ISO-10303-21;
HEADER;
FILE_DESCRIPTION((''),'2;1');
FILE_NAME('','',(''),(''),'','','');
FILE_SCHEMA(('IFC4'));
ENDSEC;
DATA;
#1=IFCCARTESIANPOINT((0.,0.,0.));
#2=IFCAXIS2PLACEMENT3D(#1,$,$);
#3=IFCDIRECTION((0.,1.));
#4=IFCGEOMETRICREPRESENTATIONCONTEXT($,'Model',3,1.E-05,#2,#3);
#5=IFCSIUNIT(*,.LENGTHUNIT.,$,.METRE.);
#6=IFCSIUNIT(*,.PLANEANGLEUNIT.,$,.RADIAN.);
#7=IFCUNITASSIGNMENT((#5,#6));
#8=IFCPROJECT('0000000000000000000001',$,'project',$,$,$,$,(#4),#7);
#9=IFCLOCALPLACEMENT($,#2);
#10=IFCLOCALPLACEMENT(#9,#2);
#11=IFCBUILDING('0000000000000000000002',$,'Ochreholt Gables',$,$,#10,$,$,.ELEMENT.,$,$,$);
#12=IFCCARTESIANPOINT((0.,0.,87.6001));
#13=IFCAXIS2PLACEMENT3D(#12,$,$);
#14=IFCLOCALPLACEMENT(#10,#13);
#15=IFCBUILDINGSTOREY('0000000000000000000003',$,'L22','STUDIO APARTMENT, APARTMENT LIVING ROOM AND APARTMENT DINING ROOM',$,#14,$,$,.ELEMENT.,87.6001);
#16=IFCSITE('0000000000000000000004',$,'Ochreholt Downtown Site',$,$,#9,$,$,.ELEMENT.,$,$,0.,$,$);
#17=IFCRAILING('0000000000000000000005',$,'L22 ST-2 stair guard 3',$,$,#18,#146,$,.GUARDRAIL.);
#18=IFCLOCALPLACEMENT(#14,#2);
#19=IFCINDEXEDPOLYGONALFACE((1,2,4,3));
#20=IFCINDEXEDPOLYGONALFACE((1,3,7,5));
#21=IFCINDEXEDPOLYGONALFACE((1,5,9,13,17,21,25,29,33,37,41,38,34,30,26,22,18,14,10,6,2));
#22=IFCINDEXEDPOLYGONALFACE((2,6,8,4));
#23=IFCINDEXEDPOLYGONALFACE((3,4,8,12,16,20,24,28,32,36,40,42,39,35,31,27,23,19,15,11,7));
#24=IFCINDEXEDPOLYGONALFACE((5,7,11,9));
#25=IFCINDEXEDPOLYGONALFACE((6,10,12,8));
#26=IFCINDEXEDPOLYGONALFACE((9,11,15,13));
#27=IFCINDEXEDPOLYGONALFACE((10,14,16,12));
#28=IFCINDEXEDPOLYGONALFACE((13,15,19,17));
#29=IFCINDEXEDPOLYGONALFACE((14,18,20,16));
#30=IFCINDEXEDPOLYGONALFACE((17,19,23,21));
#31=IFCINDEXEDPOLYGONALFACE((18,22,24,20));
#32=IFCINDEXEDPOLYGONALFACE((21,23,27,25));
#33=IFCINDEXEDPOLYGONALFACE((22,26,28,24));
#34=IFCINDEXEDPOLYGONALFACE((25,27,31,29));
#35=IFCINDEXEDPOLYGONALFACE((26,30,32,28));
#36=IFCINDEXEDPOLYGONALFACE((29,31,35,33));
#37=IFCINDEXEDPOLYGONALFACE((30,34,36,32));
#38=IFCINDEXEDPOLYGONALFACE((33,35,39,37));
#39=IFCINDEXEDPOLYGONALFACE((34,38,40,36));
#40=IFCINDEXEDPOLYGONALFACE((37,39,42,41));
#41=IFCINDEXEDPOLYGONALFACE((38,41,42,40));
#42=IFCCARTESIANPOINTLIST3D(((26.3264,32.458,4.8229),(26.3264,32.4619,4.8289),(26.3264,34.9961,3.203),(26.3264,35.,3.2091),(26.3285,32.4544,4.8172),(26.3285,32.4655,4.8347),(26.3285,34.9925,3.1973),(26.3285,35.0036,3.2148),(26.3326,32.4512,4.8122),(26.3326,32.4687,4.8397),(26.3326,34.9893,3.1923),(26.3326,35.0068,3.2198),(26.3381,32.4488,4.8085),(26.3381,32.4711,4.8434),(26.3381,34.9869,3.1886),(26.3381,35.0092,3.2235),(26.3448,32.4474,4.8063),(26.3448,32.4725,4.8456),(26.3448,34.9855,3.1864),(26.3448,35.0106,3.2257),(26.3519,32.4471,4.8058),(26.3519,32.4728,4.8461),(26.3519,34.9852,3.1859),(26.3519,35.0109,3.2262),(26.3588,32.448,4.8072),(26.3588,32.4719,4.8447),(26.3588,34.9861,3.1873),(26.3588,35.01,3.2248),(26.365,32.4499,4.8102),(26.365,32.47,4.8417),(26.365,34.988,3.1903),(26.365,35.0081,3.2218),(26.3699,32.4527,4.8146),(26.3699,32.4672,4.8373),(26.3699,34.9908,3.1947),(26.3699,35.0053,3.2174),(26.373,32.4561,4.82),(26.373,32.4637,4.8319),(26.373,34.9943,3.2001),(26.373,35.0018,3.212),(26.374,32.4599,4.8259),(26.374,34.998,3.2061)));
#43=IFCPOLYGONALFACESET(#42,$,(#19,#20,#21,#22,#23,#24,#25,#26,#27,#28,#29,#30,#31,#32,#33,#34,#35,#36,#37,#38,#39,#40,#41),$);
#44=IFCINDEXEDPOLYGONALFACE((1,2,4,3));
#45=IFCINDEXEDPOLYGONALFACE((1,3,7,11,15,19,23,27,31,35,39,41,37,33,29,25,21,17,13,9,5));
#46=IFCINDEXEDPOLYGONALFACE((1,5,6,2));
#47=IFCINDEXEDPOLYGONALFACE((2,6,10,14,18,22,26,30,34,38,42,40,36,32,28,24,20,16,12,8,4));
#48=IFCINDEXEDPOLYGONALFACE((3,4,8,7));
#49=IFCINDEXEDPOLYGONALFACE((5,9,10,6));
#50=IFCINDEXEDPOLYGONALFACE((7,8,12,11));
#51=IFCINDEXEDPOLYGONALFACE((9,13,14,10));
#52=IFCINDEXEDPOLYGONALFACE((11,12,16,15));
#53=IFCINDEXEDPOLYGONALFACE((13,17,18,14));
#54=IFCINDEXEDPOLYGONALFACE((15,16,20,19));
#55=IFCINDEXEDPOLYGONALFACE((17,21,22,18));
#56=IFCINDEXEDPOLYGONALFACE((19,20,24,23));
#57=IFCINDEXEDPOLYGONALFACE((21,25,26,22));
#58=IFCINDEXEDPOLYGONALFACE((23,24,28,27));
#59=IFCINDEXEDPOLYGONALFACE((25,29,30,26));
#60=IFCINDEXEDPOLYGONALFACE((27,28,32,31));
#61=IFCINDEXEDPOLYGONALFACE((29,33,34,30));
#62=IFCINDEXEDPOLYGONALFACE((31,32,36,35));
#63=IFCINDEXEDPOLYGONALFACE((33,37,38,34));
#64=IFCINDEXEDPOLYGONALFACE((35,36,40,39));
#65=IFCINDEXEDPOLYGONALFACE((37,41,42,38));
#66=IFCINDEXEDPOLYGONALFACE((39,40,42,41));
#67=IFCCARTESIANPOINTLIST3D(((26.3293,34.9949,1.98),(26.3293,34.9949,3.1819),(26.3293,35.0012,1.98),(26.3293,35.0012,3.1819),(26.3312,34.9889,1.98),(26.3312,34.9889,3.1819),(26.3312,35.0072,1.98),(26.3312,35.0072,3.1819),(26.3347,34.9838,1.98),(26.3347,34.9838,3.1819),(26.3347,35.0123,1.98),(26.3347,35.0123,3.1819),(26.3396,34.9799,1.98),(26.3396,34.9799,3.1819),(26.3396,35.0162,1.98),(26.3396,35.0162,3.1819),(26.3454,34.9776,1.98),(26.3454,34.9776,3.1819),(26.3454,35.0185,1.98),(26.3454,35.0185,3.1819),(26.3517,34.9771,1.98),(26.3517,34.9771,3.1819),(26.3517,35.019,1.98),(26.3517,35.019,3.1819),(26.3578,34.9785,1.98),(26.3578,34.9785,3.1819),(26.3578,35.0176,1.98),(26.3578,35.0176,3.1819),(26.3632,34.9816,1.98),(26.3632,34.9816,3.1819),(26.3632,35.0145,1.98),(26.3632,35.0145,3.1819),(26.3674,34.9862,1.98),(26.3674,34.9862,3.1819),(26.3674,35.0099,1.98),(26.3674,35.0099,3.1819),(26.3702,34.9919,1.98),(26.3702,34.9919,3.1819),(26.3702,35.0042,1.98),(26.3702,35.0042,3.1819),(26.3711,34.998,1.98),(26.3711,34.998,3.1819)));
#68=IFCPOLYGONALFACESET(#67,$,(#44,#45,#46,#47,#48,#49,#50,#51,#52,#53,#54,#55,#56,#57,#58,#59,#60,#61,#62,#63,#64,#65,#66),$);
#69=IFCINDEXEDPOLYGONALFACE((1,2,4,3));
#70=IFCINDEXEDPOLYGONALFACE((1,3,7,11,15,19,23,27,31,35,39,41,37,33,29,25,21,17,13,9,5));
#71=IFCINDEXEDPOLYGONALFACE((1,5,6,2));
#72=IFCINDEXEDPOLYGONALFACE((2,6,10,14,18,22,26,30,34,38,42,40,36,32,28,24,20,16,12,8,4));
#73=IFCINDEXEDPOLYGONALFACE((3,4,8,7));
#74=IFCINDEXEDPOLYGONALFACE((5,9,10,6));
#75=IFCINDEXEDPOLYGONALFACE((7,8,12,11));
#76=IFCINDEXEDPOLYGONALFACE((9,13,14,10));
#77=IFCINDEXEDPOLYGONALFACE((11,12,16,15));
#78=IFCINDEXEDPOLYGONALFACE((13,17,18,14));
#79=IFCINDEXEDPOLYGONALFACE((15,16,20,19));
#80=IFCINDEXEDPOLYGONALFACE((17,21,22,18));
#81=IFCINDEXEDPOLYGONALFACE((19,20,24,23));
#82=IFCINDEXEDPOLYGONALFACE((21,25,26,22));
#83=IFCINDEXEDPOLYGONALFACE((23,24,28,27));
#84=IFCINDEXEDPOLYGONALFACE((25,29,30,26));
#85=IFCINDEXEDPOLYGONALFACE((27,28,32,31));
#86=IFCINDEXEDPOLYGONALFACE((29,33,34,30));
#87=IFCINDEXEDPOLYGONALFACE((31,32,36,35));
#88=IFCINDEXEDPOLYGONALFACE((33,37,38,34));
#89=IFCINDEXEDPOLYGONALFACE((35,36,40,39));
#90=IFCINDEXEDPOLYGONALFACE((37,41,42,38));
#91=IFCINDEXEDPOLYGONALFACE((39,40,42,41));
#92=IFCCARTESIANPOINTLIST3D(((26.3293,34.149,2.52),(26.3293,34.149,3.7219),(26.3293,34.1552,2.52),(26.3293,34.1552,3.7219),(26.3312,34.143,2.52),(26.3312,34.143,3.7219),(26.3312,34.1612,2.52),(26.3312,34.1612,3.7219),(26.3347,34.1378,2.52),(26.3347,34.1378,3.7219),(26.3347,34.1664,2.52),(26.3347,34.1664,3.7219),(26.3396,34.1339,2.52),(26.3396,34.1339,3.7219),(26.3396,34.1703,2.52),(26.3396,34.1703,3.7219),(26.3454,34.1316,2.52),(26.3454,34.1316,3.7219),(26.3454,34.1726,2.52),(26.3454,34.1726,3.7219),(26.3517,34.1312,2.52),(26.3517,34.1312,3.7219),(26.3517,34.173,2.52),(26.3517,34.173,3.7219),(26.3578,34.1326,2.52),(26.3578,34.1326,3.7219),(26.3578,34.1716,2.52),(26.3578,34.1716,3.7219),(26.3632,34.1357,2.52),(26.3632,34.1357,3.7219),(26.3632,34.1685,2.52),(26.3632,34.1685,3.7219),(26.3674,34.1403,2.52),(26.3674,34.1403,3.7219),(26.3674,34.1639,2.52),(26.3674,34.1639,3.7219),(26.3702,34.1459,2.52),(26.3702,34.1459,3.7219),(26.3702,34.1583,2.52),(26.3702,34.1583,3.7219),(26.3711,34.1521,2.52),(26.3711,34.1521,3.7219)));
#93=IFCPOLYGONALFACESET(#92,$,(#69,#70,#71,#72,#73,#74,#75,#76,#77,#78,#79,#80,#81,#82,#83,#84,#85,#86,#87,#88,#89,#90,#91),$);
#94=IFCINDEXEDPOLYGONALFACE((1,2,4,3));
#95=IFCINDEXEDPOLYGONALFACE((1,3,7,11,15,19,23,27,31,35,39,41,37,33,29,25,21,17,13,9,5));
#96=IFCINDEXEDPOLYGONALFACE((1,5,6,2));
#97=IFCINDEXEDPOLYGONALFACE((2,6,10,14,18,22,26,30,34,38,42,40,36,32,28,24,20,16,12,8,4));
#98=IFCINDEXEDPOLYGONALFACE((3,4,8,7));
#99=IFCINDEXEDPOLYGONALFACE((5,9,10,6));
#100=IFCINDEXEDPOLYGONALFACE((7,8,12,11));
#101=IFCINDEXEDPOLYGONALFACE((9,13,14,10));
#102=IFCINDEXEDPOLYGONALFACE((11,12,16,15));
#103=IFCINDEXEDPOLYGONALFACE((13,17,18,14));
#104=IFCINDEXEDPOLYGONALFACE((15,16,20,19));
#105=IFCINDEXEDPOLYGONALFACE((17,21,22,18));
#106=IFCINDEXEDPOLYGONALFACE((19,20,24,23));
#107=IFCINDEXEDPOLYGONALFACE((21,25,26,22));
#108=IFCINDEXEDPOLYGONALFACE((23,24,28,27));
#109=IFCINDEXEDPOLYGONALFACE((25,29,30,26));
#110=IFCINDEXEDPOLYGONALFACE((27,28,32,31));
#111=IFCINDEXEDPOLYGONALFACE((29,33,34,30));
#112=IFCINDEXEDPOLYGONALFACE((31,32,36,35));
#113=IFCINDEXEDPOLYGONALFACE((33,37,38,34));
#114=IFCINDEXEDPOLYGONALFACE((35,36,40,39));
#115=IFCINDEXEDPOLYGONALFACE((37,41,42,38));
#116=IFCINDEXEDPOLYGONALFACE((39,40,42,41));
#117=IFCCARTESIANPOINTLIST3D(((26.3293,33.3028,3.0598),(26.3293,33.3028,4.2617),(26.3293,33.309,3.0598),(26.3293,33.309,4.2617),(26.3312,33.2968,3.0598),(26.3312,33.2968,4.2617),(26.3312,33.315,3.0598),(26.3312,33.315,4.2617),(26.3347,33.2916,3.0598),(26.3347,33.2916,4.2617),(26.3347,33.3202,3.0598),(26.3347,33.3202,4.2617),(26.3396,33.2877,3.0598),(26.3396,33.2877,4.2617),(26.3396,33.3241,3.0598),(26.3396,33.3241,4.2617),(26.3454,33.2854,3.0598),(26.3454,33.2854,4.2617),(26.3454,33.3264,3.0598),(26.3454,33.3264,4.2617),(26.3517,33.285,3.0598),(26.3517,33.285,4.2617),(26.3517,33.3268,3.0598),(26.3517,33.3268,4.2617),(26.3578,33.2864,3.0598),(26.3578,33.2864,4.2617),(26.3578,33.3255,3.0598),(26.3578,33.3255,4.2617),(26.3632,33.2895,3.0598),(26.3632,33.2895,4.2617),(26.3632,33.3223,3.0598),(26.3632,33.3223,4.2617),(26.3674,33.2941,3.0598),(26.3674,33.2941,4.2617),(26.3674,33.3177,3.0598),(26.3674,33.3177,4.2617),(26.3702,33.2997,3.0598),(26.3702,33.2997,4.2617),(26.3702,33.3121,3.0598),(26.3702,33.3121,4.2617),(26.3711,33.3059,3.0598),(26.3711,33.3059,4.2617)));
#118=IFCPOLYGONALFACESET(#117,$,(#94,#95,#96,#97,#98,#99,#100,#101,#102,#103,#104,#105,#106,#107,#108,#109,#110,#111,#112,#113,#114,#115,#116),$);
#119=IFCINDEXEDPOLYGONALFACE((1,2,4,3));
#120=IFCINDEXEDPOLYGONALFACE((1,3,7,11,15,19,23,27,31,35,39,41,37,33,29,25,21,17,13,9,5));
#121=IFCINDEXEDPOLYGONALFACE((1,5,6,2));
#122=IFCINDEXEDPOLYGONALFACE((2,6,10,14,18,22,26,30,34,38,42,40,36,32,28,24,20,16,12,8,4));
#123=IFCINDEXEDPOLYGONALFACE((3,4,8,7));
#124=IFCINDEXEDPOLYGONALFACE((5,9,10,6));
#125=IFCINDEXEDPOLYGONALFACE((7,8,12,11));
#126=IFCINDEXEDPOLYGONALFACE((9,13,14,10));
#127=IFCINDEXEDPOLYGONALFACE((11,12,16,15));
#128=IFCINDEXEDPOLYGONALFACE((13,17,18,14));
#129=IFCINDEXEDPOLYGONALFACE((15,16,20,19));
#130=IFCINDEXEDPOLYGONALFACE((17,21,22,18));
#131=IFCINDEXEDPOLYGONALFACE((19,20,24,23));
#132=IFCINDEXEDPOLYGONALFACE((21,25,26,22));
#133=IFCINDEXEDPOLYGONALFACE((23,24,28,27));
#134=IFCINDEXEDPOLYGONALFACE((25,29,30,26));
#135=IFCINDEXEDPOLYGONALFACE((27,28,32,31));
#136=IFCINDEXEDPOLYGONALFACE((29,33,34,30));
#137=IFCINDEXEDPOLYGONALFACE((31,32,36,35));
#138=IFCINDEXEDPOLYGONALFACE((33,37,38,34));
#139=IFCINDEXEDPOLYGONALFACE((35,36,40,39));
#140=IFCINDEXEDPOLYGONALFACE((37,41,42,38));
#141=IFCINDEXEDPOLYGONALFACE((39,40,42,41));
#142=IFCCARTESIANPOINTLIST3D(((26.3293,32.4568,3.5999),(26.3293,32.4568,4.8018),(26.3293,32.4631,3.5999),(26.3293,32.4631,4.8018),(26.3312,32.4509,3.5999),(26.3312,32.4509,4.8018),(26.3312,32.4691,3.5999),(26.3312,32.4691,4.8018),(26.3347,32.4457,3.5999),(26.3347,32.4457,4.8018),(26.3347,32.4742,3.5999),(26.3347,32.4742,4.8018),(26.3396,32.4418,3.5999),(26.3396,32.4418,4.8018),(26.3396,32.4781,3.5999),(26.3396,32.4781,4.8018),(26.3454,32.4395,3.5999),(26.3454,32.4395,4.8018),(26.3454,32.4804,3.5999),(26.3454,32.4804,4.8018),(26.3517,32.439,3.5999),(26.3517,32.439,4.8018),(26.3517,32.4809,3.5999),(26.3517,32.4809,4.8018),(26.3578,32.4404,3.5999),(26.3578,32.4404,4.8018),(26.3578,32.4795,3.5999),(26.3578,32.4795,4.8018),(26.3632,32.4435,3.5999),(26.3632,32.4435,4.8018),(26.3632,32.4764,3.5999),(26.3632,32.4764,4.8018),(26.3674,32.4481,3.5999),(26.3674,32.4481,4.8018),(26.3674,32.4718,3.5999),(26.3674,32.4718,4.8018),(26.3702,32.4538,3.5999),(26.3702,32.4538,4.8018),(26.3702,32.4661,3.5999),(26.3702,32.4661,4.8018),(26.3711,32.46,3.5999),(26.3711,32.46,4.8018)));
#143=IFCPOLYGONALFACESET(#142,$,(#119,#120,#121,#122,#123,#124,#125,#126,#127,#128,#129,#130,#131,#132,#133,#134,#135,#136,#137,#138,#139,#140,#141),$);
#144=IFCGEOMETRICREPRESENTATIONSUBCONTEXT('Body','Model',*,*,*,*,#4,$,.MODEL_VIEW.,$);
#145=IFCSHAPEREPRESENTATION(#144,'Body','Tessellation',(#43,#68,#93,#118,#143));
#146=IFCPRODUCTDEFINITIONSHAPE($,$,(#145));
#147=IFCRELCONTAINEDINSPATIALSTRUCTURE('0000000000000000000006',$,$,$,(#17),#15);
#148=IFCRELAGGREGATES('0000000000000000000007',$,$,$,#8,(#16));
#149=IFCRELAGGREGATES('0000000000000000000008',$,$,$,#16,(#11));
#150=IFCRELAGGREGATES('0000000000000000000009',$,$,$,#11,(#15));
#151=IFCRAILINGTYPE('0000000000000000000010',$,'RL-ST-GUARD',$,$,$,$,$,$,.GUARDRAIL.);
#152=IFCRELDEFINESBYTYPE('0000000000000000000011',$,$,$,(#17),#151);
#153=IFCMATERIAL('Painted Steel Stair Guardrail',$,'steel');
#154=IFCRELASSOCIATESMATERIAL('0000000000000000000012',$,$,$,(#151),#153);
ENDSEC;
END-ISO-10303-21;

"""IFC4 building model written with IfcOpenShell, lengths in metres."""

from ifc_helpers import new_model, si_unit, direction, frame, origin, origin_2d, place, context, subcontext, project, spatial, circle, extrude, material, type_object, element, save


model = new_model("IFC4")

# Units and contexts
model_context = context("Model", 3, precision=1e-05, world=origin(), true_north=direction((0.0, 1.0)))
body_context = subcontext(model_context, "Body", "Model", "MODEL_VIEW")
ifc_project = project(units=[si_unit("LENGTHUNIT", "METRE"), si_unit("PLANEANGLEUNIT", "RADIAN")], contexts=[model_context])

# Site, building, storey
site_placement = place(None, origin())
site = spatial("IfcSite", under=ifc_project, at=site_placement, Name="Ochreholt Downtown Site", CompositionType="ELEMENT", RefElevation=0.0)
building_placement = place(site_placement, origin())
building = spatial("IfcBuilding", under=site, at=building_placement, Name="Ochreholt Gables", CompositionType="ELEMENT")
storey_placement = place(building_placement, frame((0.0, 0.0, 87.6001)))
storey = spatial("IfcBuildingStorey", under=building, at=storey_placement, Name="L22", Description="STUDIO APARTMENT, APARTMENT LIVING ROOM AND APARTMENT DINING ROOM", CompositionType="ELEMENT", Elevation=87.6001)

# Railing
ifc_material_1 = material(Name="Painted Steel Stair Guardrail", Category="steel")
railing_type_1 = type_object("IfcRailingType", Name="RL-ST-GUARD", PredefinedType="GUARDRAIL", material=ifc_material_1)
railing_1_placement = place(storey_placement, frame((26.3501, 34.998, 1.98)))
element("IfcRailing", 1, at=railing_1_placement, inside=storey, type_object=railing_type_1, Name="L22 ST-2 stair guard 3", PredefinedType="GUARDRAIL", context=body_context, shape_type="SweptSolid", body=[
    extrude(circle(Radius=0.0239, at=origin_2d()), frame((0.0, 0.0, 1.2261), z_axis=(0.0, -0.84295, 0.537993), x_axis=(1.0, 0.0, 0.0)), (0.0, 0.0, 1.0), 3.011),
    extrude(circle(Radius=0.021, at=origin_2d()), origin(), (0.0, 0.0, 1.0), 1.2019),
    extrude(circle(Radius=0.021, at=origin_2d()), frame((0.0, -0.8459, 0.54)), (0.0, 0.0, 1.0), 1.2019),
    extrude(circle(Radius=0.021, at=origin_2d()), frame((0.0, -1.6921, 1.0798)), (0.0, 0.0, 1.0), 1.2019),
    extrude(circle(Radius=0.021, at=origin_2d()), frame((0.0, -2.5381, 1.6199)), (0.0, 0.0, 1.0), 1.2019),
])

save(model, "model.ifc")
